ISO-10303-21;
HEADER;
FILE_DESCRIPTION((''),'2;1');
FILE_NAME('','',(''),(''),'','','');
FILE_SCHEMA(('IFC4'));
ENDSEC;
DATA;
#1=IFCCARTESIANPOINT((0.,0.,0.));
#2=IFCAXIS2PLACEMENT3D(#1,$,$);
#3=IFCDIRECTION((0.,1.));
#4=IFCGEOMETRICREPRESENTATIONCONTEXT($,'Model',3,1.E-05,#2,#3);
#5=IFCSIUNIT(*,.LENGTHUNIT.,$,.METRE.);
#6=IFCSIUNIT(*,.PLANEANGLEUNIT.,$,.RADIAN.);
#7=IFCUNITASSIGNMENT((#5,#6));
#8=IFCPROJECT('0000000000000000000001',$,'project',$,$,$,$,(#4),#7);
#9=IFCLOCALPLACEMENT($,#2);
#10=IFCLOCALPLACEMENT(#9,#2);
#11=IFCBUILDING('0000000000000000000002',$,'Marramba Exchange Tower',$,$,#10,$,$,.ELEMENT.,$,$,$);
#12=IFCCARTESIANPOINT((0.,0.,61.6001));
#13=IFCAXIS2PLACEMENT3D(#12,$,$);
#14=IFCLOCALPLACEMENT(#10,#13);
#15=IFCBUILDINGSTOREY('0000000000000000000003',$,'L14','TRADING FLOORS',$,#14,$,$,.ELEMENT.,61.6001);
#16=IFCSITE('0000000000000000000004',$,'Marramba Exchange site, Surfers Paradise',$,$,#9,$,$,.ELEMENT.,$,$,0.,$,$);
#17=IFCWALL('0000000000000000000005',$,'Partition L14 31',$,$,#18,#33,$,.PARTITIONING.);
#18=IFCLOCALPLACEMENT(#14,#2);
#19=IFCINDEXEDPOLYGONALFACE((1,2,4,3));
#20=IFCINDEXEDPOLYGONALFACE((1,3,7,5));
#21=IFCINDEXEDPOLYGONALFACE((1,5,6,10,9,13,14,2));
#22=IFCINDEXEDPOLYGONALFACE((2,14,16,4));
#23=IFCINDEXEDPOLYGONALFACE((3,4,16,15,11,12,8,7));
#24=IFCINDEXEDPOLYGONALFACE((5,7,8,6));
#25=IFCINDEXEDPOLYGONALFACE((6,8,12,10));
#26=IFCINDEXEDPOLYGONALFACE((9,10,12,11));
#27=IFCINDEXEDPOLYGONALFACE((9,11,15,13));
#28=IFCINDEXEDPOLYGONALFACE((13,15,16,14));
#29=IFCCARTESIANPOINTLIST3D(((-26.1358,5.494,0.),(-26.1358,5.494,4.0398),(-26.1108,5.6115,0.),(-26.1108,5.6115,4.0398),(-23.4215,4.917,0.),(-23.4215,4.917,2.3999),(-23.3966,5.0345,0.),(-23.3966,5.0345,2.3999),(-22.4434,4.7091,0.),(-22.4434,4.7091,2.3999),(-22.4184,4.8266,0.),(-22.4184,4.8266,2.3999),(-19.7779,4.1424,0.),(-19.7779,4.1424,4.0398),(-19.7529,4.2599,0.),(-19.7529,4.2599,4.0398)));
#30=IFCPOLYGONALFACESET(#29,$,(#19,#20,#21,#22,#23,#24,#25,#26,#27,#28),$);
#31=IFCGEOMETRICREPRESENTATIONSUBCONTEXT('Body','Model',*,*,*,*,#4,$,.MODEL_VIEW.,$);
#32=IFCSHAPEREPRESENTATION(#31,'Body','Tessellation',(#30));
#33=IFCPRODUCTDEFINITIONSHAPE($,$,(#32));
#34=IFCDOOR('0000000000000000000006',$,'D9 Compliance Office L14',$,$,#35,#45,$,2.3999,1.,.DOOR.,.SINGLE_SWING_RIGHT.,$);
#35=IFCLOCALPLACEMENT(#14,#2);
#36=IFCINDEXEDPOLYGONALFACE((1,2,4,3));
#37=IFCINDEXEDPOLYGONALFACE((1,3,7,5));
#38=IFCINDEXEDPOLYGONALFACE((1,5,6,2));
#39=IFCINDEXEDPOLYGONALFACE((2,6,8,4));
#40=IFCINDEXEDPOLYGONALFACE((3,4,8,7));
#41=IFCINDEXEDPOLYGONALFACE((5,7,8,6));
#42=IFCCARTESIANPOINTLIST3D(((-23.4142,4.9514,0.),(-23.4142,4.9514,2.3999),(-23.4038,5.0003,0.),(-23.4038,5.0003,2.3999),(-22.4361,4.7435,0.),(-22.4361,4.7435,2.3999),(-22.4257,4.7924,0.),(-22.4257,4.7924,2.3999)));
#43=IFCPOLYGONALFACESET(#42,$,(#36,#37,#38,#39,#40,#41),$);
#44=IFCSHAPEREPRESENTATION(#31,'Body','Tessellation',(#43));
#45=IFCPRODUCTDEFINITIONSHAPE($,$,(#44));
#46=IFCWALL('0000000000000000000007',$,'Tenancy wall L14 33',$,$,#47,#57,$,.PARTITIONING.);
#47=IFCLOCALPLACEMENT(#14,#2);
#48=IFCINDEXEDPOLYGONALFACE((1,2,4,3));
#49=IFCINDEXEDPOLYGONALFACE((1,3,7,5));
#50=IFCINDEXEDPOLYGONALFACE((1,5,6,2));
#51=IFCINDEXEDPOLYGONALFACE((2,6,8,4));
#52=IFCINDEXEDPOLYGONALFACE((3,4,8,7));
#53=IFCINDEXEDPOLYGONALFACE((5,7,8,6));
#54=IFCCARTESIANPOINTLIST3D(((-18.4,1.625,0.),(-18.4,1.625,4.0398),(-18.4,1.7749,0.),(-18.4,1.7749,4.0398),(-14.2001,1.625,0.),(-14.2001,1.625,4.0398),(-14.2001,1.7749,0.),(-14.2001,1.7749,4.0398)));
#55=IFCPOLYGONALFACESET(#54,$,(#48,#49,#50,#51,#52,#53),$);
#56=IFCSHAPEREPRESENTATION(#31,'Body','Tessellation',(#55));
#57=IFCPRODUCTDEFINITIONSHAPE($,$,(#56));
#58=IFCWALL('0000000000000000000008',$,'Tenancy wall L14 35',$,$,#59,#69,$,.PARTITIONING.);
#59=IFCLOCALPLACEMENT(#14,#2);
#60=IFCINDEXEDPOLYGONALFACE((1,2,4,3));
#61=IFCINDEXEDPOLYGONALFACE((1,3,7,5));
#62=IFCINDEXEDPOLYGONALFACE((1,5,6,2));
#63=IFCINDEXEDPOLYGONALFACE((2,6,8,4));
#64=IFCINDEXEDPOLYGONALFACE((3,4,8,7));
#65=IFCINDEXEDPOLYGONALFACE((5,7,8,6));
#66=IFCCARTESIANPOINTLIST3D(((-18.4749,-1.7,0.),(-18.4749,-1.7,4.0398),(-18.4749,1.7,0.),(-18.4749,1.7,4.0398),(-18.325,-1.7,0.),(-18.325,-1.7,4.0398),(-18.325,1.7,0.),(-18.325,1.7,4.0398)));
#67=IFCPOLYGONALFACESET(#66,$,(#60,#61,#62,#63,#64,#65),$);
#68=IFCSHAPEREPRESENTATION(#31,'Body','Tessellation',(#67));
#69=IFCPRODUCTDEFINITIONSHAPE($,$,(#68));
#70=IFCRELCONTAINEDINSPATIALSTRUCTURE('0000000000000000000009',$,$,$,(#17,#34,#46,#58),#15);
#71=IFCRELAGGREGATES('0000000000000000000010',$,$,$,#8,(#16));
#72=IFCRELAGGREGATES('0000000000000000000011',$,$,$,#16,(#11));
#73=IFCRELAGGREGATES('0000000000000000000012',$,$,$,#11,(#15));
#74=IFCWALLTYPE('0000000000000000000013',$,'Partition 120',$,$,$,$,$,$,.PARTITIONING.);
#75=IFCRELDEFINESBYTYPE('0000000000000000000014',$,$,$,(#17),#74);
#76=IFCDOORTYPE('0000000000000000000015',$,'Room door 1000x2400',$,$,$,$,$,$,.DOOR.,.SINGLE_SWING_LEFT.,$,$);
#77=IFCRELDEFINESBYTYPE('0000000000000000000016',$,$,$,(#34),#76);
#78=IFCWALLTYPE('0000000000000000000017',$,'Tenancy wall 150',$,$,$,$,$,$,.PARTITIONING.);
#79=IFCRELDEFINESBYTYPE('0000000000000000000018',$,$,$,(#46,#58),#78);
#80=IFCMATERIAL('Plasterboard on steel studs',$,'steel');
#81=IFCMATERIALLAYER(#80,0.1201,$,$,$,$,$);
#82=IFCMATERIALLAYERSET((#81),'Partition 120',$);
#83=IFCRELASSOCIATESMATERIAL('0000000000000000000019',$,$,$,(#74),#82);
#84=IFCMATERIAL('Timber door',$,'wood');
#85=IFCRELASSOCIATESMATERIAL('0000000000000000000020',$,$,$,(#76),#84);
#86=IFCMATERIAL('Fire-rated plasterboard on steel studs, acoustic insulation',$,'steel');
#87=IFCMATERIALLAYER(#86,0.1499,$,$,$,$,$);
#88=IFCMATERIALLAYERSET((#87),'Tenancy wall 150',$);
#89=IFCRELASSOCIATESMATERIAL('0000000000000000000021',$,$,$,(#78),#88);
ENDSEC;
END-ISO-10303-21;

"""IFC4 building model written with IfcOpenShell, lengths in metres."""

from ifc_helpers import new_model, si_unit, direction, frame, frame_2d, origin, place, context, subcontext, project, spatial, rectangle, extrude, material, layer, layer_set, type_object, element, fill, save


model = new_model("IFC4")

# Units and contexts
model_context = context("Model", 3, precision=1e-05, world=origin(), true_north=direction((0.0, 1.0)))
body_context = subcontext(model_context, "Body", "Model", "MODEL_VIEW")
ifc_project = project(units=[si_unit("LENGTHUNIT", "METRE"), si_unit("PLANEANGLEUNIT", "RADIAN")], contexts=[model_context])

# Site, building, storey
site_placement = place(None, origin())
site = spatial("IfcSite", under=ifc_project, at=site_placement, Name="Marramba Exchange site, Surfers Paradise", CompositionType="ELEMENT", RefElevation=0.0)
building_placement = place(site_placement, origin())
building = spatial("IfcBuilding", under=site, at=building_placement, Name="Marramba Exchange Tower", CompositionType="ELEMENT")
storey_placement = place(building_placement, frame((0.0, 0.0, 61.6001)))
storey = spatial("IfcBuildingStorey", under=building, at=storey_placement, Name="L14", Description="TRADING FLOORS", CompositionType="ELEMENT", Elevation=61.6001)

# Wall, opening, door
ifc_material_1 = material(Name="Plasterboard on steel studs", Category="steel")
ifc_layer_1 = layer(ifc_material_1, 0.1201)
ifc_layer_set_1 = layer_set([ifc_layer_1], Name="Partition 120")
wall_type_1 = type_object("IfcWallType", Name="Partition 120", PredefinedType="PARTITIONING", material=ifc_layer_set_1)
wall_1_placement = place(storey_placement, frame((-19.7654, 4.2012, 0.0), z_axis=(0.0, 0.0, 1.0), x_axis=(-0.978143, 0.207933, 0.0)))
wall_1 = element("IfcWall", 1, at=wall_1_placement, inside=storey, type_object=wall_type_1, Name="Partition L14 31", PredefinedType="PARTITIONING", context=body_context, shape_type="SweptSolid", body=[
    extrude(rectangle(XDim=6.5, YDim=0.1201, at=frame_2d((3.25, 0.0))), origin(), (0.0, 0.0, 1.0), 4.0398),
])
opening_1_placement = place(wall_1_placement, frame((2.7251, 0.0, 0.0)))
opening_1 = element("IfcOpeningElement", 2, at=opening_1_placement, cuts=wall_1, PredefinedType="OPENING", context=body_context, shape_type="SweptSolid", body=[
    extrude(rectangle(XDim=1.0, YDim=2.3999, at=frame_2d((0.5, 1.2))), frame((0.0, 0.0701, 0.0), z_axis=(0.0, -1.0, 0.0), x_axis=(1.0, 0.0, 0.0)), (0.0, 0.0, 1.0), 0.1401),
])
ifc_material_2 = material(Name="Timber door", Category="wood")
door_type_1 = type_object("IfcDoorType", Name="Room door 1000x2400", OperationType="SINGLE_SWING_LEFT", PredefinedType="DOOR", material=ifc_material_2)
door_1_placement = place(opening_1_placement, origin())
door_1 = element("IfcDoor", 3, at=door_1_placement, inside=storey, type_object=door_type_1, Name="D9 Compliance Office L14", OperationType="SINGLE_SWING_RIGHT", OverallHeight=2.3999, OverallWidth=1.0, PredefinedType="DOOR", context=body_context, shape_type="SweptSolid", body=[
    extrude(rectangle(XDim=1.0, YDim=2.3999, at=frame_2d((0.5, 1.2))), frame((0.0, 0.0249, 0.0), z_axis=(0.0, -1.0, 0.0), x_axis=(1.0, 0.0, 0.0)), (0.0, 0.0, 1.0), 0.05),
])
fill(opening_1, door_1)

# Walls
ifc_material_3 = material(Name="Fire-rated plasterboard on steel studs, acoustic insulation", Category="steel")
ifc_layer_2 = layer(ifc_material_3, 0.1499)
ifc_layer_set_2 = layer_set([ifc_layer_2], Name="Tenancy wall 150")
wall_type_2 = type_object("IfcWallType", Name="Tenancy wall 150", PredefinedType="PARTITIONING", material=ifc_layer_set_2)
wall_2_placement = place(storey_placement, frame((-14.2, 1.7, 0.0), z_axis=(0.0, 0.0, 1.0), x_axis=(-1.0, 0.0, 0.0)))
element("IfcWall", 4, at=wall_2_placement, inside=storey, type_object=wall_type_2, Name="Tenancy wall L14 33", PredefinedType="PARTITIONING", context=body_context, shape_type="SweptSolid", body=[
    extrude(rectangle(XDim=4.2, YDim=0.1499, at=frame_2d((2.1001, 0.0))), origin(), (0.0, 0.0, 1.0), 4.0398),
])
wall_3_placement = place(storey_placement, frame((-18.3999, 1.7, 0.0), z_axis=(0.0, 0.0, 1.0), x_axis=(0.0, -1.0, 0.0)))
element("IfcWall", 5, at=wall_3_placement, inside=storey, type_object=wall_type_2, Name="Tenancy wall L14 35", PredefinedType="PARTITIONING", context=body_context, shape_type="SweptSolid", body=[
    extrude(rectangle(XDim=3.3999, YDim=0.1499, at=frame_2d((1.7, 0.0))), origin(), (0.0, 0.0, 1.0), 4.0398),
])

save(model, "model.ifc")
